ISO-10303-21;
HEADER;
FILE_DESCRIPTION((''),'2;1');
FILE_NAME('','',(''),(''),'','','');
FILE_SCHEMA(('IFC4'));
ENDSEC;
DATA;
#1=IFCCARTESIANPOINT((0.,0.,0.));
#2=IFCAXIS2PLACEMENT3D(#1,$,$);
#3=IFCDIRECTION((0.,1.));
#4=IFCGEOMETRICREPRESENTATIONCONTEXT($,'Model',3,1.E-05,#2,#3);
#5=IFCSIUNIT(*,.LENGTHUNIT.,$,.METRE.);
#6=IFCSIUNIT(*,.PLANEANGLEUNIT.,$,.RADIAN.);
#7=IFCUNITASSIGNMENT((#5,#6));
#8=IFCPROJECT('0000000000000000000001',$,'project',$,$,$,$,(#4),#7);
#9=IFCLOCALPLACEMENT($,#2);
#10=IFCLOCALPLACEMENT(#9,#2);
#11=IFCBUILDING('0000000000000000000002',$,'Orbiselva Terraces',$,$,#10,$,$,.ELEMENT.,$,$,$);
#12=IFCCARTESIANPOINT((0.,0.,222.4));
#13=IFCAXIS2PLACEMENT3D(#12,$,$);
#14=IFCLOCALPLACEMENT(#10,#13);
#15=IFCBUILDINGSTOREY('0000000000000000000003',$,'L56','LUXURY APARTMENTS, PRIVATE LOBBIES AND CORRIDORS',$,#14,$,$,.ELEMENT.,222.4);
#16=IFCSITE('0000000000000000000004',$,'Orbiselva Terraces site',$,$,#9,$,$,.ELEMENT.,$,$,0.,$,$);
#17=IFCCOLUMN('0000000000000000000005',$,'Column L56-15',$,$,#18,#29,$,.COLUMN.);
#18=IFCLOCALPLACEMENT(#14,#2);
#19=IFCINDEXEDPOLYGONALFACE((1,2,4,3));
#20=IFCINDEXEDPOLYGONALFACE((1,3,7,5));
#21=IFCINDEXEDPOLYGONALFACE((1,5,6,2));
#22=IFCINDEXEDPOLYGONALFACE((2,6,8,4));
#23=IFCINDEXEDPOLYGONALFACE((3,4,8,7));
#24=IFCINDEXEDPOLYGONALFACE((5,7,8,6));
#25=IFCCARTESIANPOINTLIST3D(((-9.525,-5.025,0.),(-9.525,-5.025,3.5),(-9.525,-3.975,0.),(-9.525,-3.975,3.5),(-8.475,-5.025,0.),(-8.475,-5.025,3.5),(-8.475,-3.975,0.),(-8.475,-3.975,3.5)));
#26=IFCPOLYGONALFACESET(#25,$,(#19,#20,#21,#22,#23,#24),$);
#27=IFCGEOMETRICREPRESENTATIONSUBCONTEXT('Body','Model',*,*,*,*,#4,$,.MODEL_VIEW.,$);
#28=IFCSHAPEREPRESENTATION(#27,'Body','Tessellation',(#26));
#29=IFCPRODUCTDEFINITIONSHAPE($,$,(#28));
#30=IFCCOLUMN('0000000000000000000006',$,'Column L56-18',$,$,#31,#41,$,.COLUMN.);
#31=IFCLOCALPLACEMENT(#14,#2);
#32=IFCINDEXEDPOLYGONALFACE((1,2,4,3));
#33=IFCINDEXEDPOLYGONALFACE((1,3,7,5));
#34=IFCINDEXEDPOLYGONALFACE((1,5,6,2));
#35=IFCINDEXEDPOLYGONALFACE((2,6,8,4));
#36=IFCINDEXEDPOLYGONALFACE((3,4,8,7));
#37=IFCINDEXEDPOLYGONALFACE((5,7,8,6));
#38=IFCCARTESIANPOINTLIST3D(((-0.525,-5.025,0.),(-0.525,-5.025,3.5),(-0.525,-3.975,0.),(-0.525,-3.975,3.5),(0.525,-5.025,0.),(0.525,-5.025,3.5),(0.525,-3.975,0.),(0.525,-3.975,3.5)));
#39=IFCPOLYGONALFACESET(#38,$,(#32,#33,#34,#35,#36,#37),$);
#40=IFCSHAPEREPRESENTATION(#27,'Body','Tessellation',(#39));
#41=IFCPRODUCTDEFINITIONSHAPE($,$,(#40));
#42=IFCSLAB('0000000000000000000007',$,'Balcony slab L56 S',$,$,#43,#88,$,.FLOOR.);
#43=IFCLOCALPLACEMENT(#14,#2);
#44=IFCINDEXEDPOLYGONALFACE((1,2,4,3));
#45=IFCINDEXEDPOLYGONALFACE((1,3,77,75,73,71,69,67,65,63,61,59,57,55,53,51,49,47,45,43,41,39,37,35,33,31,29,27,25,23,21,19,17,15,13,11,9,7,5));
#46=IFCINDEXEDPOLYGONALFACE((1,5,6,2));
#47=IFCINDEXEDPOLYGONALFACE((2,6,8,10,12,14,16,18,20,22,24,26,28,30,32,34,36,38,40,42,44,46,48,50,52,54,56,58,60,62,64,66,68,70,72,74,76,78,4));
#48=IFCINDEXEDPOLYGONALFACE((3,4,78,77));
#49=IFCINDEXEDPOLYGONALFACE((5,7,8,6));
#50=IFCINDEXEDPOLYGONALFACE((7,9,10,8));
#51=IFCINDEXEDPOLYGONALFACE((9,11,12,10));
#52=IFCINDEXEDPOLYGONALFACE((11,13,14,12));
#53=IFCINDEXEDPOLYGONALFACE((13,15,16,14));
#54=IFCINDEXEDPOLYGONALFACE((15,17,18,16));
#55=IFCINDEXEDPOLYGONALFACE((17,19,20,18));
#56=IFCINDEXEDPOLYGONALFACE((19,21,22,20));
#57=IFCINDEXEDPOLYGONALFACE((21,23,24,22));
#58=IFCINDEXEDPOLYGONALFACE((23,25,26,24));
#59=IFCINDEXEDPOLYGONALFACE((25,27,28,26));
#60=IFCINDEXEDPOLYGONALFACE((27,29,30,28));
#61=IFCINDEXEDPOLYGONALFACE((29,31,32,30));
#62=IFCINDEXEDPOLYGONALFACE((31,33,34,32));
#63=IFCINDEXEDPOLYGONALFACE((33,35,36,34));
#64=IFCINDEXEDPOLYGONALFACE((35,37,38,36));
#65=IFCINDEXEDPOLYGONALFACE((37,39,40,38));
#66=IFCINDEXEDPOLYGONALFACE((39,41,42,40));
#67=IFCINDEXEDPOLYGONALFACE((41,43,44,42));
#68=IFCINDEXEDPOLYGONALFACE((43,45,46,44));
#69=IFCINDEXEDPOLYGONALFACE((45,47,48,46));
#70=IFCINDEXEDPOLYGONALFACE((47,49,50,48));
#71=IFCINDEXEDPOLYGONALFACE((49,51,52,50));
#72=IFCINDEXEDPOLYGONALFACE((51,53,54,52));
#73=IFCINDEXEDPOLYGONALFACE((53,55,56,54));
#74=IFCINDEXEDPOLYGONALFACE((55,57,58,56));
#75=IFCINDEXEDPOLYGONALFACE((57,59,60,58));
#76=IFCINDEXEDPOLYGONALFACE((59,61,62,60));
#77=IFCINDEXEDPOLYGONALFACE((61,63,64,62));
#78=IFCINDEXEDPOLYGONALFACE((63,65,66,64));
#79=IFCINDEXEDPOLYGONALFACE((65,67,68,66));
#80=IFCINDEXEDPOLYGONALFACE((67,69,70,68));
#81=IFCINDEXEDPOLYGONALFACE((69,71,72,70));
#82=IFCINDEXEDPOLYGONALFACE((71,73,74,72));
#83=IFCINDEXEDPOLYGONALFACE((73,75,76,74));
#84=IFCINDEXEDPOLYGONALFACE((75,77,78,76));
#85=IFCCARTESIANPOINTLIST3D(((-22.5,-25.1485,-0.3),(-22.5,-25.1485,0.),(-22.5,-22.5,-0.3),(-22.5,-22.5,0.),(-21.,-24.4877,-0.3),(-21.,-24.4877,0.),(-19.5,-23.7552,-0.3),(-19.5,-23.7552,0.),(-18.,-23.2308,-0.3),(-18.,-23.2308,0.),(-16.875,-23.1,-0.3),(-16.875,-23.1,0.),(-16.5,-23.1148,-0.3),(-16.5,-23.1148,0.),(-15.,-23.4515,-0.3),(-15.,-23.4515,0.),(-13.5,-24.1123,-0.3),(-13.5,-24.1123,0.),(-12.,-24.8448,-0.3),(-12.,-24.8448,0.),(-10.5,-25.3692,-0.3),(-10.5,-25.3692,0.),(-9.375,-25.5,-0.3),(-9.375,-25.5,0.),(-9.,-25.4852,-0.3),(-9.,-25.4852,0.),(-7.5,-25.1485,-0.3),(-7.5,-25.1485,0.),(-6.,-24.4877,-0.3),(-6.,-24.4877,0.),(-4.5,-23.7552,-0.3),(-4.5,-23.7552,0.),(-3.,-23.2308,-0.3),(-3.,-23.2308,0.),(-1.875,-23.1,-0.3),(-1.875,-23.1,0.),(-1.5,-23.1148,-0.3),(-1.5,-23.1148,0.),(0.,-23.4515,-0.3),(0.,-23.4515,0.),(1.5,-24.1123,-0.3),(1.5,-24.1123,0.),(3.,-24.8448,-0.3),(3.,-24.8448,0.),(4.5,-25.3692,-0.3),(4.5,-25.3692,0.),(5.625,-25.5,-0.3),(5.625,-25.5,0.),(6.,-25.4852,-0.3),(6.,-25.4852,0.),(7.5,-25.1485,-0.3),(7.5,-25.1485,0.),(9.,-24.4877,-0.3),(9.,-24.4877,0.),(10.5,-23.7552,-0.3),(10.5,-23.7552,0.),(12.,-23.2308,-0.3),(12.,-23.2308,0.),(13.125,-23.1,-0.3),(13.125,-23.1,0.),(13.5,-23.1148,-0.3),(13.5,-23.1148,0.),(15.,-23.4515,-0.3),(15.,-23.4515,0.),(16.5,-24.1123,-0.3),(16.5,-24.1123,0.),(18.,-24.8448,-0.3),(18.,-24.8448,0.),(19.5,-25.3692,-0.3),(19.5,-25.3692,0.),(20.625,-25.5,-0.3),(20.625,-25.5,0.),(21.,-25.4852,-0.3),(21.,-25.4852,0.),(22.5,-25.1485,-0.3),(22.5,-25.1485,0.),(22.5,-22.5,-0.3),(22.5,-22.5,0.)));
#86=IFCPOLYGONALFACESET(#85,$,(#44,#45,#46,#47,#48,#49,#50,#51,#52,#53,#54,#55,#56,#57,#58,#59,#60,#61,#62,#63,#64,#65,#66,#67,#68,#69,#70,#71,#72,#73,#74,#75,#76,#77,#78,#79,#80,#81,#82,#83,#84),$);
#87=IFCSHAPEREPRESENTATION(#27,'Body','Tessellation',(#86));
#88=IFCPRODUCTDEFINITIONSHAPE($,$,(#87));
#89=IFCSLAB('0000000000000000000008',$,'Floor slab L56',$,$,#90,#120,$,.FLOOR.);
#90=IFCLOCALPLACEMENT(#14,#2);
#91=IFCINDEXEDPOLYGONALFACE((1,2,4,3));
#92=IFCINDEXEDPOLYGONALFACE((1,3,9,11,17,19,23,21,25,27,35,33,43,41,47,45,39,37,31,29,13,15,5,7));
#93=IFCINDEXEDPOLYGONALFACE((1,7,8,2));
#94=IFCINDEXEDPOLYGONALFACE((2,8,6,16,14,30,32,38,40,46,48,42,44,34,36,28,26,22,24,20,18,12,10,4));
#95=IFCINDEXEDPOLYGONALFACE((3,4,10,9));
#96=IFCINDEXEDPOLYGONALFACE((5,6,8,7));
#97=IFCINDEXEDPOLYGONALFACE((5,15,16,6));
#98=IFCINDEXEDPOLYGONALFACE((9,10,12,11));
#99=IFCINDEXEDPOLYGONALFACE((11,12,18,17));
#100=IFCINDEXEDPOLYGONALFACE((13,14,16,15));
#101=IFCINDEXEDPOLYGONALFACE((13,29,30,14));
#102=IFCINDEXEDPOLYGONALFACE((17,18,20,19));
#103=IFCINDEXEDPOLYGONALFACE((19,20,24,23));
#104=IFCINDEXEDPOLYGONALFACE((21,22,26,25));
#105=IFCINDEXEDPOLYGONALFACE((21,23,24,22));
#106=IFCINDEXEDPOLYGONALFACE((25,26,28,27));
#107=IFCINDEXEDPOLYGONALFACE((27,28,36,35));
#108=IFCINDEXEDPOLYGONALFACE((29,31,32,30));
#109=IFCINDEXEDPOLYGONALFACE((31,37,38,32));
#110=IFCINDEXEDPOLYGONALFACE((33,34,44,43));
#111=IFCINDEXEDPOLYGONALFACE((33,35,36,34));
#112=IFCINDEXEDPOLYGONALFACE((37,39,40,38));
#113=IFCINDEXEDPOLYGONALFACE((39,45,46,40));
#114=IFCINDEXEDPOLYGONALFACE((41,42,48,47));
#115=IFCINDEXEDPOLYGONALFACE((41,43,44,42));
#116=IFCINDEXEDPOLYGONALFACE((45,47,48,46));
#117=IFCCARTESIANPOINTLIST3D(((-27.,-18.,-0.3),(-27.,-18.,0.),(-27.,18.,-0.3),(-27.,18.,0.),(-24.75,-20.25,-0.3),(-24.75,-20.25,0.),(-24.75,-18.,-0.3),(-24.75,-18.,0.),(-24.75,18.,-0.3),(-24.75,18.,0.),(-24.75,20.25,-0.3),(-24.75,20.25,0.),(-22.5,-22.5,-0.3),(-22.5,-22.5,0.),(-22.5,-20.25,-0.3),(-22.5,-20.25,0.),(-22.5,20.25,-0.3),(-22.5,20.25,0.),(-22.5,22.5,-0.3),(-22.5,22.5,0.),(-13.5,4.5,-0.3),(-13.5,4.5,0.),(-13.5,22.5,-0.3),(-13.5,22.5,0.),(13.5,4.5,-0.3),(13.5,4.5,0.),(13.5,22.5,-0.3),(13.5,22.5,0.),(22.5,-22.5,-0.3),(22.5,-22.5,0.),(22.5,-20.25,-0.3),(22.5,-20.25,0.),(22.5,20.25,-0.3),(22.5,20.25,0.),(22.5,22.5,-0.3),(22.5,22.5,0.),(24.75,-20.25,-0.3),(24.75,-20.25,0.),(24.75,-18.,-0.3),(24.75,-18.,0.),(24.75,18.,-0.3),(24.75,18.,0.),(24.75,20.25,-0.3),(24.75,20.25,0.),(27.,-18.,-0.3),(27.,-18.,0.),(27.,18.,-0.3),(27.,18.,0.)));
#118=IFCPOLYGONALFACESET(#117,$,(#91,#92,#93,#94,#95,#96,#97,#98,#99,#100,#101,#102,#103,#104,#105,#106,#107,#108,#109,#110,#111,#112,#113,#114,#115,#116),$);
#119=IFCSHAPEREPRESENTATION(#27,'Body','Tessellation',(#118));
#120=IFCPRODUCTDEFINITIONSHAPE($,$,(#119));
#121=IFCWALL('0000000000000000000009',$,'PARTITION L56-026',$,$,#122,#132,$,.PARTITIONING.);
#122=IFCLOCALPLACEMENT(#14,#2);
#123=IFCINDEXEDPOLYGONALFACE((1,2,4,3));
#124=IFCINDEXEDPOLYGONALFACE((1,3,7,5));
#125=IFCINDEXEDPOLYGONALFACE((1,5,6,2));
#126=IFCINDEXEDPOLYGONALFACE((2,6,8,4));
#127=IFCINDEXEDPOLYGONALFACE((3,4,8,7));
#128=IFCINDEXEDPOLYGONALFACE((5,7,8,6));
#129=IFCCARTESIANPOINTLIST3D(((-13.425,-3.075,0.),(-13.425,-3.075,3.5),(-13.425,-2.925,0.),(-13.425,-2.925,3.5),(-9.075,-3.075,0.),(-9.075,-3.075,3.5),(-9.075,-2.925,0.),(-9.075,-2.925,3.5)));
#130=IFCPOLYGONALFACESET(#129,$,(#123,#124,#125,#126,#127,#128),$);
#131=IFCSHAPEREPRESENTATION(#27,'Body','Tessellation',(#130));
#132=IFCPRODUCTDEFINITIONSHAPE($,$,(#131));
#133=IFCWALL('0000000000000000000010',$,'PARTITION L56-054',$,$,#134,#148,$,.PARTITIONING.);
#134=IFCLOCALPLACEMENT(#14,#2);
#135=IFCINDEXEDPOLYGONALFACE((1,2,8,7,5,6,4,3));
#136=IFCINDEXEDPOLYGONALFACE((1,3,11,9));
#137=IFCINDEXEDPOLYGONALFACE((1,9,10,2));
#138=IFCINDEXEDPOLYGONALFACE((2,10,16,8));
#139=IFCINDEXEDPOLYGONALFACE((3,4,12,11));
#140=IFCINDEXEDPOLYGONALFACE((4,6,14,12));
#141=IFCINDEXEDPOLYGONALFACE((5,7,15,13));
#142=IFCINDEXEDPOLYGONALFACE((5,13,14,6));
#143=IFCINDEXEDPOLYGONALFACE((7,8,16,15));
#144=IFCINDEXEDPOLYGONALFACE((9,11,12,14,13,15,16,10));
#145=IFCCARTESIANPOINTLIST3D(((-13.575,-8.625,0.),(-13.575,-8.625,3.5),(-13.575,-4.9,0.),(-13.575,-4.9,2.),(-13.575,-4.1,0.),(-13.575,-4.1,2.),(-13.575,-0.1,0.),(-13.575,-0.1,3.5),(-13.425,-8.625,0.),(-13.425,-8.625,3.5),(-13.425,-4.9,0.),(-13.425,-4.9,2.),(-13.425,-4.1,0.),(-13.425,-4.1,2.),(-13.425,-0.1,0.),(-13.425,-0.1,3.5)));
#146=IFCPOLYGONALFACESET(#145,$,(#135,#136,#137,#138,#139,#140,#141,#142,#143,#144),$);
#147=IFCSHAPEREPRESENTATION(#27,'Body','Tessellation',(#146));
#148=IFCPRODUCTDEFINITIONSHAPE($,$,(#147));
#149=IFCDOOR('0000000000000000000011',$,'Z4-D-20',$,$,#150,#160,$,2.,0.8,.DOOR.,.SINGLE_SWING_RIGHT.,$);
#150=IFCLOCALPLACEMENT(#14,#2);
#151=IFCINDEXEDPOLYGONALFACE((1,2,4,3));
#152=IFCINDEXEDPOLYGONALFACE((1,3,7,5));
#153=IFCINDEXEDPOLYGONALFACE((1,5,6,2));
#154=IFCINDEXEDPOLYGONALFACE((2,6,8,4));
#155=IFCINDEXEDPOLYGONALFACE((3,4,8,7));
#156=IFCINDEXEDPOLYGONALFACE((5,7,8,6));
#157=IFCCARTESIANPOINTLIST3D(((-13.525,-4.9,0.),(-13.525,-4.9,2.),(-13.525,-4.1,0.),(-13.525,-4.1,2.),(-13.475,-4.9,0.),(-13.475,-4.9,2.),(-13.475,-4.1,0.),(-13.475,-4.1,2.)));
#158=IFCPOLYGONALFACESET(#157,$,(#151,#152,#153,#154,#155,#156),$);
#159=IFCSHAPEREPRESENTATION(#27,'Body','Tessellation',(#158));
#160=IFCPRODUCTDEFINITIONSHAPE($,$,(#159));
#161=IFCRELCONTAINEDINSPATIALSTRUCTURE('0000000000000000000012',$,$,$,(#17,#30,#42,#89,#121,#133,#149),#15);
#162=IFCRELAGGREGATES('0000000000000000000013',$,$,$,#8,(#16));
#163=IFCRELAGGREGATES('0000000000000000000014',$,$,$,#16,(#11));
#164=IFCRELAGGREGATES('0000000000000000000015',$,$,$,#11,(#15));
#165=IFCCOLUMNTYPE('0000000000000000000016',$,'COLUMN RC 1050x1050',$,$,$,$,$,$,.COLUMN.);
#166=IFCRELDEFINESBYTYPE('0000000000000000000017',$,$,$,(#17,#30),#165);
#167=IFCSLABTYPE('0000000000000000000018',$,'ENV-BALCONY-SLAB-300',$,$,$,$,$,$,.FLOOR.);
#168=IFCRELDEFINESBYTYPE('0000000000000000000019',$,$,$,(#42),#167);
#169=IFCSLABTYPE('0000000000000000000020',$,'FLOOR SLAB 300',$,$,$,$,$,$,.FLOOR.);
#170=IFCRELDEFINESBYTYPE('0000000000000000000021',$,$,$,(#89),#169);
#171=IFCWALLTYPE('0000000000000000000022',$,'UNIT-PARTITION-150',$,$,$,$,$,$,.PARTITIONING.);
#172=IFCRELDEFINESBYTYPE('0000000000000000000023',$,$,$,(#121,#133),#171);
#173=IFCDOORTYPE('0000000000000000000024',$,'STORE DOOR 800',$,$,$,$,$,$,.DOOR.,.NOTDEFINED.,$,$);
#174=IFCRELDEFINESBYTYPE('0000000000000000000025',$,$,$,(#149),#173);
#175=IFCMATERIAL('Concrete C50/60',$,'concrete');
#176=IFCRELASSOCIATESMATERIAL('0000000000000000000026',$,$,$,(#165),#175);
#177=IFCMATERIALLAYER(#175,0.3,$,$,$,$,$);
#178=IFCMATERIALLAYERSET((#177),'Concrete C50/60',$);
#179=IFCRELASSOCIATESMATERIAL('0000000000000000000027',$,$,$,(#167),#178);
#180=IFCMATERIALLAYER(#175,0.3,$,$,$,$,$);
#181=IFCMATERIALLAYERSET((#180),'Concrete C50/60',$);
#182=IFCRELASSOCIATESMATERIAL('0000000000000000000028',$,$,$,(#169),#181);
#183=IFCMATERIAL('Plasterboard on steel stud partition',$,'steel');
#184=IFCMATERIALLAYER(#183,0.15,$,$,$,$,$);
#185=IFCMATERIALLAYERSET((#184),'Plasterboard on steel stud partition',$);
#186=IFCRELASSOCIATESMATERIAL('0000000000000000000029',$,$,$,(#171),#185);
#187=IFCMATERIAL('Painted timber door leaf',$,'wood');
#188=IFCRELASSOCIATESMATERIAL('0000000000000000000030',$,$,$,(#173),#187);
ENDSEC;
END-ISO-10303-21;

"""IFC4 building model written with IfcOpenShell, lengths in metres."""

from ifc_helpers import new_model, si_unit, direction, frame, frame_2d, origin, origin_2d, place, context, subcontext, project, spatial, polyline, rectangle, outline, extrude, material, layer, layer_set, material_profile, profile_set, type_object, element, fill, save


model = new_model("IFC4")

# Units and contexts
model_context = context("Model", 3, precision=1e-05, world=origin(), true_north=direction((0.0, 1.0)))
body_context = subcontext(model_context, "Body", "Model", "MODEL_VIEW")
ifc_project = project(units=[si_unit("LENGTHUNIT", "METRE"), si_unit("PLANEANGLEUNIT", "RADIAN")], contexts=[model_context])

# Site, building, storey
site_placement = place(None, origin())
site = spatial("IfcSite", under=ifc_project, at=site_placement, Name="Orbiselva Terraces site", CompositionType="ELEMENT", RefElevation=0.0)
building_placement = place(site_placement, origin())
building = spatial("IfcBuilding", under=site, at=building_placement, Name="Orbiselva Terraces", CompositionType="ELEMENT")
storey_placement = place(building_placement, frame((0.0, 0.0, 222.4)))
storey = spatial("IfcBuildingStorey", under=building, at=storey_placement, Name="L56", Description="LUXURY APARTMENTS, PRIVATE LOBBIES AND CORRIDORS", CompositionType="ELEMENT", Elevation=222.4)

# Columns
ifc_material_1 = material(Name="Concrete C50/60", Category="concrete")
ifc_material_profile = material_profile(ifc_material_1, rectangle(XDim=1.05, YDim=1.05, at=origin_2d()), Name="RC 1050x1050")
ifc_profile_set = profile_set([ifc_material_profile], Name="Concrete C50/60")
column_type = type_object("IfcColumnType", Name="COLUMN RC 1050x1050", PredefinedType="COLUMN", material=ifc_profile_set)
for number, where, z_axis, x_axis, name in (
    (1, (-9.0, -4.5, 0.0), (0.0, 0.0, 1.0), (1.0, 0.0, 0.0), "Column L56-15"),
    (2, (0.0, -4.5, 0.0), (0.0, 0.0, 1.0), (1.0, 0.0, 0.0), "Column L56-18"),
):
    element("IfcColumn", number, at=place(storey_placement, frame(where, z_axis=z_axis, x_axis=x_axis)), inside=storey, type_object=column_type, Name=name, PredefinedType="COLUMN", context=body_context, shape_type="SweptSolid", body=[
        extrude(rectangle(XDim=1.05, YDim=1.05, at=origin_2d()), origin(), (0.0, 0.0, 1.0), 3.5),
    ])

# Slabs
ifc_layer_1 = layer(ifc_material_1, 0.3)
ifc_layer_set_1 = layer_set([ifc_layer_1], Name="Concrete C50/60")
slab_type_1 = type_object("IfcSlabType", Name="ENV-BALCONY-SLAB-300", PredefinedType="FLOOR", material=ifc_layer_set_1)
slab_1_placement = place(storey_placement, frame((0.0, 0.0, -0.3)))
element("IfcSlab", 3, at=slab_1_placement, inside=storey, type_object=slab_type_1, Name="Balcony slab L56 S", PredefinedType="FLOOR", context=body_context, shape_type="SweptSolid", body=[
    extrude(outline(polyline([(-22.5, -25.1485), (-21.0, -24.4877), (-19.5, -23.7552), (-18.0, -23.2308), (-16.875, -23.1), (-16.5, -23.1148), (-15.0, -23.4515), (-13.5, -24.1123), (-12.0, -24.8448), (-10.5, -25.3692), (-9.375, -25.5), (-9.0, -25.4852), (-7.5, -25.1485), (-6.0, -24.4877), (-4.5, -23.7552), (-3.0, -23.2308), (-1.875, -23.1), (-1.5, -23.1148), (0.0, -23.4515), (1.5, -24.1123), (3.0, -24.8448), (4.5, -25.3692), (5.625, -25.5), (6.0, -25.4852), (7.5, -25.1485), (9.0, -24.4877), (10.5, -23.7552), (12.0, -23.2308), (13.125, -23.1), (13.5, -23.1148), (15.0, -23.4515), (16.5, -24.1123), (18.0, -24.8448), (19.5, -25.3692), (20.625, -25.5), (21.0, -25.4852), (22.5, -25.1485), (22.5, -22.5), (-22.5, -22.5), (-22.5, -25.1485)])), origin(), (0.0, 0.0, 1.0), 0.3),
])
ifc_layer_2 = layer(ifc_material_1, 0.3)
ifc_layer_set_2 = layer_set([ifc_layer_2], Name="Concrete C50/60")
slab_type_2 = type_object("IfcSlabType", Name="FLOOR SLAB 300", PredefinedType="FLOOR", material=ifc_layer_set_2)
slab_2_placement = place(storey_placement, frame((0.0, 0.0, -0.3)))
element("IfcSlab", 4, at=slab_2_placement, inside=storey, type_object=slab_type_2, Name="Floor slab L56", PredefinedType="FLOOR", context=body_context, shape_type="SweptSolid", body=[
    extrude(outline(polyline([(22.5, 22.5), (22.5, 20.25), (24.75, 20.25), (24.75, 18.0), (27.0, 18.0), (27.0, -18.0), (24.75, -18.0), (24.75, -20.25), (22.5, -20.25), (22.5, -22.5), (-22.5, -22.5), (-22.5, -20.25), (-24.75, -20.25), (-24.75, -18.0), (-27.0, -18.0), (-27.0, 18.0), (-24.75, 18.0), (-24.75, 20.25), (-22.5, 20.25), (-22.5, 22.5), (-13.5, 22.5), (-13.5, 4.5), (13.5, 4.5), (13.5, 22.5), (22.5, 22.5)])), origin(), (0.0, 0.0, 1.0), 0.3),
])

# Wall
ifc_material_2 = material(Name="Plasterboard on steel stud partition", Category="steel")
ifc_layer_3 = layer(ifc_material_2, 0.15)
ifc_layer_set_3 = layer_set([ifc_layer_3], Name="Plasterboard on steel stud partition")
wall_type = type_object("IfcWallType", Name="UNIT-PARTITION-150", PredefinedType="PARTITIONING", material=ifc_layer_set_3)
wall_1_placement = place(storey_placement, frame((-13.425, -3.0, 0.0), z_axis=(0.0, 0.0, 1.0), x_axis=(1.0, 0.0, 0.0)))
element("IfcWall", 5, at=wall_1_placement, inside=storey, type_object=wall_type, Name="PARTITION L56-026", PredefinedType="PARTITIONING", context=body_context, shape_type="SweptSolid", body=[
    extrude(rectangle(XDim=4.35, YDim=0.15, at=frame_2d((2.175, 0.0))), origin(), (0.0, 0.0, 1.0), 3.5),
])

# Wall, opening, door
wall_2_placement = place(storey_placement, frame((-13.5, -0.1, 0.0), z_axis=(0.0, 0.0, 1.0), x_axis=(0.0, -1.0, 0.0)))
wall_2 = element("IfcWall", 6, at=wall_2_placement, inside=storey, type_object=wall_type, Name="PARTITION L56-054", PredefinedType="PARTITIONING", context=body_context, shape_type="SweptSolid", body=[
    extrude(rectangle(XDim=8.525, YDim=0.15, at=frame_2d((4.2625, 0.0))), origin(), (0.0, 0.0, 1.0), 3.5),
])
opening_1_placement = place(wall_2_placement, frame((4.0, 0.0, 0.0)))
opening_1 = element("IfcOpeningElement", 7, at=opening_1_placement, cuts=wall_2, PredefinedType="OPENING", context=body_context, shape_type="SweptSolid", body=[
    extrude(rectangle(XDim=0.8, YDim=2.0, at=frame_2d((0.4, 1.0))), frame((0.0, 0.085, 0.0), z_axis=(0.0, -1.0, 0.0), x_axis=(1.0, 0.0, 0.0)), (0.0, 0.0, 1.0), 0.17),
])
ifc_material_3 = material(Name="Painted timber door leaf", Category="wood")
door_type_1 = type_object("IfcDoorType", Name="STORE DOOR 800", OperationType="NOTDEFINED", PredefinedType="DOOR", material=ifc_material_3)
door_1_placement = place(opening_1_placement, origin())
door_1 = element("IfcDoor", 8, at=door_1_placement, inside=storey, type_object=door_type_1, Name="Z4-D-20", OperationType="SINGLE_SWING_RIGHT", OverallHeight=2.0, OverallWidth=0.8, PredefinedType="DOOR", context=body_context, shape_type="SweptSolid", body=[
    extrude(rectangle(XDim=0.8, YDim=2.0, at=frame_2d((0.4, 1.0))), frame((0.0, 0.025, 0.0), z_axis=(0.0, -1.0, 0.0), x_axis=(1.0, 0.0, 0.0)), (0.0, 0.0, 1.0), 0.05),
])
fill(opening_1, door_1)

save(model, "model.ifc")
